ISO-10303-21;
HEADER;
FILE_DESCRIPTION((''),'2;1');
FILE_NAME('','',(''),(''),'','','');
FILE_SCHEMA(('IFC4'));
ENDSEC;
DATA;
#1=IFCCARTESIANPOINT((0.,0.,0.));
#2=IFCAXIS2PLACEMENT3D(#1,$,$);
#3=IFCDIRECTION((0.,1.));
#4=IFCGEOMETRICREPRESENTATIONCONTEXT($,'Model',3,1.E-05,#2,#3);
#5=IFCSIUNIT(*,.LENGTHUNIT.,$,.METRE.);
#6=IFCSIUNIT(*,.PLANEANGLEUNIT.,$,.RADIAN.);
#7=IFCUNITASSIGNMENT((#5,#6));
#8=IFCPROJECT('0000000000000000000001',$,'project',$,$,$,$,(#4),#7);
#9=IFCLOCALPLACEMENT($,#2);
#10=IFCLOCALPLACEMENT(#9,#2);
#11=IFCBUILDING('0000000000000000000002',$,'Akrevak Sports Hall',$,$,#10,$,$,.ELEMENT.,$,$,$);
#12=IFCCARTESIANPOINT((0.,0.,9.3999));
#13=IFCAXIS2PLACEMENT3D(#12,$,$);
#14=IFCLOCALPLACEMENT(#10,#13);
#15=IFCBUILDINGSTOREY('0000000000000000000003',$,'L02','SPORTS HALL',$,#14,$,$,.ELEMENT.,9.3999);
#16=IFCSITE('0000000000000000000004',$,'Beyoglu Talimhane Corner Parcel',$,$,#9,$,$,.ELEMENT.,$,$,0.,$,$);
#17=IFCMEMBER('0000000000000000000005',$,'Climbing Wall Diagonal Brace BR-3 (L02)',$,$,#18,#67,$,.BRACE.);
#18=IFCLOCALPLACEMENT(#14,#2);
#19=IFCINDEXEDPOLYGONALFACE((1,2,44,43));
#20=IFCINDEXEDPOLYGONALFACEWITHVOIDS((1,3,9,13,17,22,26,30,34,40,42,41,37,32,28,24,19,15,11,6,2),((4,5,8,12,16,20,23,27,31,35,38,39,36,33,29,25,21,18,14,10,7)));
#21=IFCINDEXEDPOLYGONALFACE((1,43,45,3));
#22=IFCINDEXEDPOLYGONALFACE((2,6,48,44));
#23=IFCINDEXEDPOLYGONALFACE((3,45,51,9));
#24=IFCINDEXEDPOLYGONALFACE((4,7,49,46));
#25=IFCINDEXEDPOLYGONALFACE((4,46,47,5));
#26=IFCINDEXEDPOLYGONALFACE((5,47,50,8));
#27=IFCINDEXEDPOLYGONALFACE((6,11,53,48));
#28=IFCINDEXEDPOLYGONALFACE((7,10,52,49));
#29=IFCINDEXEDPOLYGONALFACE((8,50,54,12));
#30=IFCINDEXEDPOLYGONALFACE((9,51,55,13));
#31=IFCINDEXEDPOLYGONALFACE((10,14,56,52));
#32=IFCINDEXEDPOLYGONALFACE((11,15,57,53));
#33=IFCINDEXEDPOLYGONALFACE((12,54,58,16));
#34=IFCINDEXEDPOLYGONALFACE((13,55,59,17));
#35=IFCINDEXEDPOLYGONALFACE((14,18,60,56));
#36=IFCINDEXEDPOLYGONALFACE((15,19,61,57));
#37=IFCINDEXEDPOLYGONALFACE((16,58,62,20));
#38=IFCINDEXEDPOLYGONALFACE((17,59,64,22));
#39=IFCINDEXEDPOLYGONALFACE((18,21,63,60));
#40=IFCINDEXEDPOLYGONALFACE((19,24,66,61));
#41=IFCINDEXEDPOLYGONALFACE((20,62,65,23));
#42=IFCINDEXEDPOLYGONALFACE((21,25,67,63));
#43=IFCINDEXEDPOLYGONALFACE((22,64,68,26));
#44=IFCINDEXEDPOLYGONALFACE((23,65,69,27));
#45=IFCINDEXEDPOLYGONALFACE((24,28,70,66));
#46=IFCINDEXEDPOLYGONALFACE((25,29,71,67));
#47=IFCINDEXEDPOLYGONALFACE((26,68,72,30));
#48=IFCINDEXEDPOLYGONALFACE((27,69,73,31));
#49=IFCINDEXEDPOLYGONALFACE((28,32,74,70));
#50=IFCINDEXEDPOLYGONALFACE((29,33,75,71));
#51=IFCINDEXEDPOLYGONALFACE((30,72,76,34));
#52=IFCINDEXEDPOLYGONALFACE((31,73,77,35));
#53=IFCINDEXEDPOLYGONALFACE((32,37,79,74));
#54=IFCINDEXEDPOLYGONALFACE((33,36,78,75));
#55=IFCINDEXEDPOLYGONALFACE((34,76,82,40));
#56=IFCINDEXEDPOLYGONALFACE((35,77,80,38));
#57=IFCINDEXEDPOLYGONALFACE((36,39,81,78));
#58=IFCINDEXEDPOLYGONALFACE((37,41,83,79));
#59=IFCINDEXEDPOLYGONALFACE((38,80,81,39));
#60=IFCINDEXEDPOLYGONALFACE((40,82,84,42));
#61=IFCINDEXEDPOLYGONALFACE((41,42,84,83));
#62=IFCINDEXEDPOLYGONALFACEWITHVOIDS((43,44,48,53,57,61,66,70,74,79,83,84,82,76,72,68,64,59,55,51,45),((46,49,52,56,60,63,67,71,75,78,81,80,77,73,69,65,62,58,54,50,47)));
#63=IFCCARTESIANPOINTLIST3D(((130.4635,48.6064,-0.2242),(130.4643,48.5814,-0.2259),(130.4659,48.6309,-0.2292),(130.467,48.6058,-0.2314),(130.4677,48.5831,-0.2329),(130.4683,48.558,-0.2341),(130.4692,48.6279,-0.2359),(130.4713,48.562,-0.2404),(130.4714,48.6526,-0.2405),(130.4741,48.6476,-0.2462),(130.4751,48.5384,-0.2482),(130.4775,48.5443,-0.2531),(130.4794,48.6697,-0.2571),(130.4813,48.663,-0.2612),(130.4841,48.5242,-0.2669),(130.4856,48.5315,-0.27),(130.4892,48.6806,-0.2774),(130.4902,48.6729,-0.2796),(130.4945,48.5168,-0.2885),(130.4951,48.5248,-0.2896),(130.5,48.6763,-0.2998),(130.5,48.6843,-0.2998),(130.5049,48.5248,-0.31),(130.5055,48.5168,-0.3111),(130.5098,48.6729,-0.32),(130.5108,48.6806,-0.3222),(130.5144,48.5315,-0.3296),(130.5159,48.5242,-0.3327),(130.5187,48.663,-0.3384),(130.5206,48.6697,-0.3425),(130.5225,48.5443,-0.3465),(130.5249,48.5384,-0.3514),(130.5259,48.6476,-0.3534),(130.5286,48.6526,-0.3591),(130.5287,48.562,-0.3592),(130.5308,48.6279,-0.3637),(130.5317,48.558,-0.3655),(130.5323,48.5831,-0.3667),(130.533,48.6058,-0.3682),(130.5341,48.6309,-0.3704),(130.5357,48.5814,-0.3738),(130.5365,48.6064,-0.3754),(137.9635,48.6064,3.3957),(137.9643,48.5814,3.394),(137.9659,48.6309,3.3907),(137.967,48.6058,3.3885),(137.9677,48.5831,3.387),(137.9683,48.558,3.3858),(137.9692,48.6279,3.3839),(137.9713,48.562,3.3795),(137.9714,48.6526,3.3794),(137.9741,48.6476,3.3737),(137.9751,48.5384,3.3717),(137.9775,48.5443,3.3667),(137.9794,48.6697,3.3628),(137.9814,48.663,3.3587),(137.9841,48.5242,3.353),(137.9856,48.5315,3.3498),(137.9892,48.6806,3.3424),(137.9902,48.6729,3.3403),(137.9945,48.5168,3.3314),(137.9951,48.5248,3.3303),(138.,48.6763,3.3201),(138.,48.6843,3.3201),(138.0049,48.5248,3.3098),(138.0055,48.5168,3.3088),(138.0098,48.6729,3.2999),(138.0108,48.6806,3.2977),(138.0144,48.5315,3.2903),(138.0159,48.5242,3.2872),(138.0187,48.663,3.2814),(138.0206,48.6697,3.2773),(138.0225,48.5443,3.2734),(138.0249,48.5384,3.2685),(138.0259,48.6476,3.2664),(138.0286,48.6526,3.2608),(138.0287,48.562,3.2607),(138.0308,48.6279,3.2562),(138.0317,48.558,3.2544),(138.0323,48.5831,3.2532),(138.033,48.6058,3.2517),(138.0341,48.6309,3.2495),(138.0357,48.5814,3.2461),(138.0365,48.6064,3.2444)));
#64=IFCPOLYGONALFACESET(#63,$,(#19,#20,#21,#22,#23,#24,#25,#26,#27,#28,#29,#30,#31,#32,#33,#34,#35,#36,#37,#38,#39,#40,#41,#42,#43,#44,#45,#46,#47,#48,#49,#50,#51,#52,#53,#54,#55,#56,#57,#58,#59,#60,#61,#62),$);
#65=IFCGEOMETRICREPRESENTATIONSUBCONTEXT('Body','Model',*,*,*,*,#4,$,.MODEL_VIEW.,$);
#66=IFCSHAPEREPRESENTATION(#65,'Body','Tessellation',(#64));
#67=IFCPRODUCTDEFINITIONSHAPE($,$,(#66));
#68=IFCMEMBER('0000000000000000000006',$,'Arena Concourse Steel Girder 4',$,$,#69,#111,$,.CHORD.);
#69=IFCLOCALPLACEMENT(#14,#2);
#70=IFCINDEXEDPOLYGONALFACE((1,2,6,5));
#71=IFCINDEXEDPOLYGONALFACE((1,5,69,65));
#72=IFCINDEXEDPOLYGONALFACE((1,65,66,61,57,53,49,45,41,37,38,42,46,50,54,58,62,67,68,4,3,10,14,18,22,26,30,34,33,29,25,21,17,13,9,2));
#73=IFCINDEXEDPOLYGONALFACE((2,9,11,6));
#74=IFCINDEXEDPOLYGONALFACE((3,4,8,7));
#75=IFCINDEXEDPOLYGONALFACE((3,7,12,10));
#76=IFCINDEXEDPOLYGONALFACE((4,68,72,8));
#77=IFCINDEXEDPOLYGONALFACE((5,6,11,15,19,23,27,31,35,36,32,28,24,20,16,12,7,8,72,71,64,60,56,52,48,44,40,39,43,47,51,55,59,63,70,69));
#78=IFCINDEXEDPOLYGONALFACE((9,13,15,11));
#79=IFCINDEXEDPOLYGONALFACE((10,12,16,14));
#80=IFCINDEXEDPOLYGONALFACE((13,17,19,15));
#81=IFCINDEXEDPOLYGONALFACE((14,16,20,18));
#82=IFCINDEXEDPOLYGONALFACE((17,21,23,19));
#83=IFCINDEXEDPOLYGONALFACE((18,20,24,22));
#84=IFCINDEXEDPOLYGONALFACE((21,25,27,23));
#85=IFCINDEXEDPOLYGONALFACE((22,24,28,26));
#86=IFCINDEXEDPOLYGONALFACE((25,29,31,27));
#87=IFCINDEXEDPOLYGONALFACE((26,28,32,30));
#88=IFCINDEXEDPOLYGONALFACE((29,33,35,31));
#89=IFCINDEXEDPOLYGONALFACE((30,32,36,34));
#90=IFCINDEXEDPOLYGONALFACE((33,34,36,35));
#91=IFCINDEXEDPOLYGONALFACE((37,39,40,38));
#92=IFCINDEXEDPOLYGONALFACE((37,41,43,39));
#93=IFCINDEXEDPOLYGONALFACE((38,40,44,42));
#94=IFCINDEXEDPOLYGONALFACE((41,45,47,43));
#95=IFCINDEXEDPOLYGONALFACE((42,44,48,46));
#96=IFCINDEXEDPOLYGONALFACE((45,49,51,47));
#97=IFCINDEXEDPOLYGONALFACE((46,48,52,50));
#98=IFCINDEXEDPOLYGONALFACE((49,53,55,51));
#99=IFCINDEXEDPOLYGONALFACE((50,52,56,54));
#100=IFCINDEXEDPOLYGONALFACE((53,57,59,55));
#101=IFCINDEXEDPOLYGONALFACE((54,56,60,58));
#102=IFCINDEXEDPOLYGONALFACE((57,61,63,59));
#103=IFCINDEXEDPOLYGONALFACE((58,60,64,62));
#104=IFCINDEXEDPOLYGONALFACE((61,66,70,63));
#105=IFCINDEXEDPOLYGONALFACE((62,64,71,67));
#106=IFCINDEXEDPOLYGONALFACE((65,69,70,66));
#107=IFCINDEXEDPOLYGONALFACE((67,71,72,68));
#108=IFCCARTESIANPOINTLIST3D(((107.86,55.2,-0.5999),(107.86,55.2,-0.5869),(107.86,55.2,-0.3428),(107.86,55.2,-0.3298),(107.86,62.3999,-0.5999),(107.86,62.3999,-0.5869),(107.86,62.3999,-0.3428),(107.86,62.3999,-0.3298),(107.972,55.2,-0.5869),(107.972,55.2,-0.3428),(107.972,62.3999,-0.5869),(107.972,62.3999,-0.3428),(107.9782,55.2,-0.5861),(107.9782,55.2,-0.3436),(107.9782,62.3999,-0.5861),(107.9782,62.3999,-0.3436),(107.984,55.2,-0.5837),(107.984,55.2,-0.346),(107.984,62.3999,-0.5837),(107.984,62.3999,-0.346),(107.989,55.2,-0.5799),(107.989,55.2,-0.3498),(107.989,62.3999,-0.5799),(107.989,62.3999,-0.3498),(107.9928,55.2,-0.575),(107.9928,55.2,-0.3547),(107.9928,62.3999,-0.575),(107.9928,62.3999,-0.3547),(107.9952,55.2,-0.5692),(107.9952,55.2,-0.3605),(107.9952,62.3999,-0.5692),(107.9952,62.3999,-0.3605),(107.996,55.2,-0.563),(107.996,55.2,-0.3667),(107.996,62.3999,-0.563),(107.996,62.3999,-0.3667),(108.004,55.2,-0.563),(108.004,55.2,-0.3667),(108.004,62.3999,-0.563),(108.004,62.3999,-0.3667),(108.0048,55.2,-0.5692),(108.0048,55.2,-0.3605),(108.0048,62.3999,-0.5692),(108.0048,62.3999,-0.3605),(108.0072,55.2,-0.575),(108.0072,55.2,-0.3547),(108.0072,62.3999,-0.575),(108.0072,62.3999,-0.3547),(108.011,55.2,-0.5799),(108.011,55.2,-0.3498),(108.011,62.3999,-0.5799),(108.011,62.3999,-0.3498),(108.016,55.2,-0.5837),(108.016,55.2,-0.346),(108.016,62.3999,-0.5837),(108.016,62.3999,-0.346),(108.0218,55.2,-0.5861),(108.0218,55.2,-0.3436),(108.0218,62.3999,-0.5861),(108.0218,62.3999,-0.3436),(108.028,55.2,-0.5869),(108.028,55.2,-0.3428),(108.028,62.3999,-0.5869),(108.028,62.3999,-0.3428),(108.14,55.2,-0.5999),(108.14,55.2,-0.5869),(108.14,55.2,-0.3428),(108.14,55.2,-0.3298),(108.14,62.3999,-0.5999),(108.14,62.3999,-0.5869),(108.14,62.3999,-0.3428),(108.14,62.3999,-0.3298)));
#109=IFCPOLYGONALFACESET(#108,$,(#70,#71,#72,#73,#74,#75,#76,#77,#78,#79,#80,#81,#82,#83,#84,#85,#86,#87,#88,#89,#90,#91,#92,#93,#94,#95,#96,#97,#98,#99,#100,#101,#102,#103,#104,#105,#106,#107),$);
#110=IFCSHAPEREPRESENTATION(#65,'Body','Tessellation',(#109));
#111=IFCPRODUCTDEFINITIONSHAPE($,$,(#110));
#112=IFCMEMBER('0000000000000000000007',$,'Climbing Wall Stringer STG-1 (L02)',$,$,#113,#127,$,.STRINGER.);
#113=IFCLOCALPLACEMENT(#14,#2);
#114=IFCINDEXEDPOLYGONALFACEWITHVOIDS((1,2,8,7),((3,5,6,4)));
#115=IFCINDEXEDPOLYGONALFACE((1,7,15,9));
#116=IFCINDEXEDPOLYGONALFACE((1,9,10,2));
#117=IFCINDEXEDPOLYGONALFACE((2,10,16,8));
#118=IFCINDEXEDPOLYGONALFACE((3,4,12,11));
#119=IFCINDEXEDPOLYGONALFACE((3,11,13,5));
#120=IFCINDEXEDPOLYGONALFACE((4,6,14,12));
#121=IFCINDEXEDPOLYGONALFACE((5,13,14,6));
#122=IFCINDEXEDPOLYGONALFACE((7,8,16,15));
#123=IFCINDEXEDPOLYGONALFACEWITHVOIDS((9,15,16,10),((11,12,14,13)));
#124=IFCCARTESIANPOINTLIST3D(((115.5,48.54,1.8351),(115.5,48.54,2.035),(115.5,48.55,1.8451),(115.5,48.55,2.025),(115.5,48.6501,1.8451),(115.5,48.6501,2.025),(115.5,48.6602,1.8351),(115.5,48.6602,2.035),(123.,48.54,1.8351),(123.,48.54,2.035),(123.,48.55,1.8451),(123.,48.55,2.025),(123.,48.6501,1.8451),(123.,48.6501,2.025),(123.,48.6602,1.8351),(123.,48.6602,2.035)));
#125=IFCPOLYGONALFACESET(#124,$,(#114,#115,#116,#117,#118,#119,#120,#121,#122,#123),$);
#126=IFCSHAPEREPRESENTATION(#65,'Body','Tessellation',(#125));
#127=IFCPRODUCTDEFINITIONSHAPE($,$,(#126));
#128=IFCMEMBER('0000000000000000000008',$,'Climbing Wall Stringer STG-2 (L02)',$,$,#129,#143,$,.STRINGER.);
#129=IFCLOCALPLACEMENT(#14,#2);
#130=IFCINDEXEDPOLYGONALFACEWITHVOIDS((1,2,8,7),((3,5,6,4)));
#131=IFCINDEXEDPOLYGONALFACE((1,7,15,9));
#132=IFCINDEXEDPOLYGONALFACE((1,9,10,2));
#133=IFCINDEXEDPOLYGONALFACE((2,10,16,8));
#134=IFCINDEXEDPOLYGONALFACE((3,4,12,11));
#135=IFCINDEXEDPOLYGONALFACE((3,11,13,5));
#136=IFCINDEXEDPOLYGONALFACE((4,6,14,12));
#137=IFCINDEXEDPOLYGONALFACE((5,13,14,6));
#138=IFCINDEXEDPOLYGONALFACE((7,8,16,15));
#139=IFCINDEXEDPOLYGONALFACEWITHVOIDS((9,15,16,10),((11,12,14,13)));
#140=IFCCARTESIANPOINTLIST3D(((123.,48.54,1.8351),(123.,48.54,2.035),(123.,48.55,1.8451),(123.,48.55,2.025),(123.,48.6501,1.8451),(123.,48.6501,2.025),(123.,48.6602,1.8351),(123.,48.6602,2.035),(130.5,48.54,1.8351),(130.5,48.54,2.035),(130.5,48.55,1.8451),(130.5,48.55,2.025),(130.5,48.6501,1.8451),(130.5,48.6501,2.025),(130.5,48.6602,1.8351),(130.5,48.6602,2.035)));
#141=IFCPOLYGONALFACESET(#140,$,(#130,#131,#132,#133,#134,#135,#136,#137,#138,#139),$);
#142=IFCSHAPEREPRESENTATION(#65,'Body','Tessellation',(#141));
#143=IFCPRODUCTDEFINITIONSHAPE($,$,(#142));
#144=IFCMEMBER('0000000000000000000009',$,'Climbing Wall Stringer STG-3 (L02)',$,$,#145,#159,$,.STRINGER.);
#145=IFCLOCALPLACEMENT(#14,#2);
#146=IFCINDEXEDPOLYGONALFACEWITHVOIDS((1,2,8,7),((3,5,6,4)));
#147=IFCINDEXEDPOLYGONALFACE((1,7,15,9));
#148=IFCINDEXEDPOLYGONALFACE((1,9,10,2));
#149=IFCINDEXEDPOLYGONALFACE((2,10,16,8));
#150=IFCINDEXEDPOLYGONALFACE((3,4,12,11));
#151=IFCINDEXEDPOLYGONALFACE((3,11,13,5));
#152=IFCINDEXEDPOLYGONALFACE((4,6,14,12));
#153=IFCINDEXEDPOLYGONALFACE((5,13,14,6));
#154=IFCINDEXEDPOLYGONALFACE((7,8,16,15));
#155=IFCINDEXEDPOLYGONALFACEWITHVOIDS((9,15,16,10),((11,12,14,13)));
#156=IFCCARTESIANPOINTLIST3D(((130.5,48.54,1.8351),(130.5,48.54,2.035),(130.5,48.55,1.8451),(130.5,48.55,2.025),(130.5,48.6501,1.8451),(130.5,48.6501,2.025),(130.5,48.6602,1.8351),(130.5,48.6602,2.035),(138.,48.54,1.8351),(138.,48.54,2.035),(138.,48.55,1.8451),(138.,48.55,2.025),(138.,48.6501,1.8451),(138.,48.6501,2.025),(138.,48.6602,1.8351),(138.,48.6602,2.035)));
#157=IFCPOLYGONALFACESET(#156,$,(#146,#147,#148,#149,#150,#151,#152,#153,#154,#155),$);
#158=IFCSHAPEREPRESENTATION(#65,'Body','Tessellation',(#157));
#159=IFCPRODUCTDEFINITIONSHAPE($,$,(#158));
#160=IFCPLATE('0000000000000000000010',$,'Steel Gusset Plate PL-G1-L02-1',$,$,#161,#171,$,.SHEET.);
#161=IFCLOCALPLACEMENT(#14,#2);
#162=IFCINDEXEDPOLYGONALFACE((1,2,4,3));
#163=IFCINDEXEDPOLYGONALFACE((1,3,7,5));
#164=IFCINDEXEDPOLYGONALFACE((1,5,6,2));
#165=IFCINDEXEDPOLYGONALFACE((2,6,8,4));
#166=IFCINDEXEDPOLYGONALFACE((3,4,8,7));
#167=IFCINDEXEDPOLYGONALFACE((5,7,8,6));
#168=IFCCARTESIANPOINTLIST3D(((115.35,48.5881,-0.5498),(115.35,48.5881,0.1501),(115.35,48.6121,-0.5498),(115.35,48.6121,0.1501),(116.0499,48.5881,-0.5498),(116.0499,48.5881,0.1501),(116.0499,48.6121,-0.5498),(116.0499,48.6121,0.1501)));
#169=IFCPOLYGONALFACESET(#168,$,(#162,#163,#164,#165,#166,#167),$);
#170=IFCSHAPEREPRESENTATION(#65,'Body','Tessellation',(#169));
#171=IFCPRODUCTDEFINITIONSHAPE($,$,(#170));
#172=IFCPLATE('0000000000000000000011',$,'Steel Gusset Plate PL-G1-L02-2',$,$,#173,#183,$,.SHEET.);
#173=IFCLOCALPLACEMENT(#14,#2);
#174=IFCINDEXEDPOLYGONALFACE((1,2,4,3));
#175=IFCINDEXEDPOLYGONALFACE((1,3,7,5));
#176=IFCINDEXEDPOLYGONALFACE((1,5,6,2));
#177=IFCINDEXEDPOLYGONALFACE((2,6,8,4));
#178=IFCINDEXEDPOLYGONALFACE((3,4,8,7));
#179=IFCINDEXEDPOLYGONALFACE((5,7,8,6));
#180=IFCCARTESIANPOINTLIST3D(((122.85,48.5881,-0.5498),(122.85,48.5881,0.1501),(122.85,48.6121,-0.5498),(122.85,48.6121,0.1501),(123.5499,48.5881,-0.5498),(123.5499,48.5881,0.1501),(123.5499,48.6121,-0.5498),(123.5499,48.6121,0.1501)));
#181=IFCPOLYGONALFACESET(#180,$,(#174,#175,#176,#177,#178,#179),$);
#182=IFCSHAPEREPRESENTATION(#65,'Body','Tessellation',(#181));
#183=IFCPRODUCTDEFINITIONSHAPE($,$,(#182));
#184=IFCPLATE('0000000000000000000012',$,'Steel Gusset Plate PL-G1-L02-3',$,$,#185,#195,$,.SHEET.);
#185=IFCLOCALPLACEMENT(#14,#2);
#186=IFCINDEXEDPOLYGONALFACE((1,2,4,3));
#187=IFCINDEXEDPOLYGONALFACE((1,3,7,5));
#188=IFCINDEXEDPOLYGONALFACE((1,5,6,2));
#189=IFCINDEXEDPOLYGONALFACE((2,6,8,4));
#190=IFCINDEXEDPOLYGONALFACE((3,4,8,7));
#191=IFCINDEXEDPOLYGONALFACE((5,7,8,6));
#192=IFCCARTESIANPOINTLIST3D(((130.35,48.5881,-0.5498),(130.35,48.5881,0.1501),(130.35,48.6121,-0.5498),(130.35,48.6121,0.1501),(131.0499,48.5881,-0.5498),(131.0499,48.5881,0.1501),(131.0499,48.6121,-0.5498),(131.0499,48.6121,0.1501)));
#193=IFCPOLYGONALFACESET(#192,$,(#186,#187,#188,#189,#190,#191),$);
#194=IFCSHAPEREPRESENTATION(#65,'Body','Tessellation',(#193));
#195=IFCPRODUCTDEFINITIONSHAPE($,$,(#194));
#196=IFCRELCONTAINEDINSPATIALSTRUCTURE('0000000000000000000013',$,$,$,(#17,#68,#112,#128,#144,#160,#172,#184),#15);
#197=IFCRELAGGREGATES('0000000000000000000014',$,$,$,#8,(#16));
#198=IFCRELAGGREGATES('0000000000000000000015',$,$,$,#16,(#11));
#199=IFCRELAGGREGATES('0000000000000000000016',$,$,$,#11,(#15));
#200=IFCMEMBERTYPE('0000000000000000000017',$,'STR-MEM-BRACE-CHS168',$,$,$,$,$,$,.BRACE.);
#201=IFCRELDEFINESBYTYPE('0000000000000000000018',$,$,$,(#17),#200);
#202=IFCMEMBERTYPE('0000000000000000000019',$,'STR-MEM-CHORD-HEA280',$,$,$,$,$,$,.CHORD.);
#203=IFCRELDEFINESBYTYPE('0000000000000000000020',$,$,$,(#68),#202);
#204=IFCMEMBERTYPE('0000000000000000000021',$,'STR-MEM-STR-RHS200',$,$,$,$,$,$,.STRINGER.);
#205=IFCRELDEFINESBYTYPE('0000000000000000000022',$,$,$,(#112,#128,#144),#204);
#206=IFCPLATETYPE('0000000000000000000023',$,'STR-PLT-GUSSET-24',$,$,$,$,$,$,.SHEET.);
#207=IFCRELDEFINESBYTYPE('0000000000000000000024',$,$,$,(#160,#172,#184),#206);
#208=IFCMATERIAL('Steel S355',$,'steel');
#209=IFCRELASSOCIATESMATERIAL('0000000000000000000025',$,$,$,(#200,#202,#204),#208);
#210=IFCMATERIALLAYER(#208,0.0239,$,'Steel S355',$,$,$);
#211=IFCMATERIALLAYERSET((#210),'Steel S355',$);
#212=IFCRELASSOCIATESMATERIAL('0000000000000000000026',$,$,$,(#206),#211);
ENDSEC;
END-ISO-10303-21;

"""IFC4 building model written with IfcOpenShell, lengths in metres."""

from ifc_helpers import new_model, si_unit, direction, frame, origin, origin_2d, place, context, subcontext, project, spatial, rectangle, hollow_rectangle, hollow_circle, i_section, extrude, material, layer, layer_set, material_profile, profile_set, type_object, element, save


model = new_model("IFC4")

# Units and contexts
model_context = context("Model", 3, precision=1e-05, world=origin(), true_north=direction((0.0, 1.0)))
body_context = subcontext(model_context, "Body", "Model", "MODEL_VIEW")
ifc_project = project(units=[si_unit("LENGTHUNIT", "METRE"), si_unit("PLANEANGLEUNIT", "RADIAN")], contexts=[model_context])

# Site, building, storey
site_placement = place(None, origin())
site = spatial("IfcSite", under=ifc_project, at=site_placement, Name="Beyoglu Talimhane Corner Parcel", CompositionType="ELEMENT", RefElevation=0.0)
building_placement = place(site_placement, origin())
building = spatial("IfcBuilding", under=site, at=building_placement, Name="Akrevak Sports Hall", CompositionType="ELEMENT")
storey_placement = place(building_placement, frame((0.0, 0.0, 9.3999)))
storey = spatial("IfcBuildingStorey", under=building, at=storey_placement, Name="L02", Description="SPORTS HALL", CompositionType="ELEMENT", Elevation=9.3999)

# Shared definitions
ifc_material_1 = material(Name="Steel S355", Category="steel")

# Members
ifc_material_profile_1 = material_profile(ifc_material_1, hollow_circle(Radius=0.0842, WallThickness=0.0081, at=origin_2d()), Name="CHS 168.3x8", Category="steel")
ifc_profile_set_1 = profile_set([ifc_material_profile_1], Name="Steel S355")
member_type_1 = type_object("IfcMemberType", Name="STR-MEM-BRACE-CHS168", PredefinedType="BRACE", material=ifc_profile_set_1)
for number, where, z_axis, x_axis, name in (
    (1, (130.5, 48.6001, -0.2998), (0.90059, 0.0, 0.43467), (0.0, 1.0, 0.0), "Climbing Wall Diagonal Brace BR-3 (L02)"),
):
    element("IfcMember", number, at=place(storey_placement, frame(where, z_axis=z_axis, x_axis=x_axis)), inside=storey, type_object=member_type_1, Name=name, PredefinedType="BRACE", context=body_context, shape_type="SweptSolid", body=[
        extrude(hollow_circle(Radius=0.0842, WallThickness=0.0081, at=origin_2d()), origin(), (0.0, 0.0, 1.0), 8.3279),
    ])
ifc_material_profile_2 = material_profile(ifc_material_1, i_section(OverallWidth=0.28, OverallDepth=0.27, WebThickness=0.0081, FlangeThickness=0.0129, FilletRadius=0.0239, at=origin_2d()), Name="HEA 280", Category="steel")
ifc_profile_set_2 = profile_set([ifc_material_profile_2], Name="Steel S355")
member_type_2 = type_object("IfcMemberType", Name="STR-MEM-CHORD-HEA280", PredefinedType="CHORD", material=ifc_profile_set_2)
member_placement = place(storey_placement, frame((108.0, 55.2, -0.4648), z_axis=(0.0, 1.0, 0.0), x_axis=(-1.0, 0.0, 0.0)))
element("IfcMember", 2, at=member_placement, inside=storey, type_object=member_type_2, Name="Arena Concourse Steel Girder 4", PredefinedType="CHORD", context=body_context, shape_type="SweptSolid", body=[
    extrude(i_section(OverallWidth=0.28, OverallDepth=0.27, WebThickness=0.0081, FlangeThickness=0.0129, FilletRadius=0.0239, at=origin_2d()), origin(), (0.0, 0.0, 1.0), 7.2),
])
ifc_material_profile_3 = material_profile(ifc_material_1, hollow_rectangle(XDim=0.1201, YDim=0.2, WallThickness=0.01, at=origin_2d()), Name="RHS 200x120x10", Category="steel")
ifc_profile_set_3 = profile_set([ifc_material_profile_3], Name="Steel S355")
member_type_3 = type_object("IfcMemberType", Name="STR-MEM-STR-RHS200", PredefinedType="STRINGER", material=ifc_profile_set_3)
for number, where, z_axis, x_axis, name in (
    (3, (115.5, 48.6001, 1.9351), (1.0, 0.0, 0.0), (0.0, 1.0, 0.0), "Climbing Wall Stringer STG-1 (L02)"),
    (4, (123.0, 48.6001, 1.9351), (1.0, 0.0, 0.0), (0.0, 1.0, 0.0), "Climbing Wall Stringer STG-2 (L02)"),
    (5, (130.5, 48.6001, 1.9351), (1.0, 0.0, 0.0), (0.0, 1.0, 0.0), "Climbing Wall Stringer STG-3 (L02)"),
):
    element("IfcMember", number, at=place(storey_placement, frame(where, z_axis=z_axis, x_axis=x_axis)), inside=storey, type_object=member_type_3, Name=name, PredefinedType="STRINGER", context=body_context, shape_type="SweptSolid", body=[
        extrude(hollow_rectangle(XDim=0.1201, YDim=0.2, WallThickness=0.01, at=origin_2d()), origin(), (0.0, 0.0, 1.0), 7.5),
    ])

# Plates
ifc_layer_1 = layer(ifc_material_1, 0.0239, Name="Steel S355")
ifc_layer_set_1 = layer_set([ifc_layer_1], Name="Steel S355")
plate_type = type_object("IfcPlateType", Name="STR-PLT-GUSSET-24", PredefinedType="SHEET", material=ifc_layer_set_1)
for number, where, z_axis, x_axis, name in (
    (6, (115.7, 48.6001, -0.5498), (0.0, 0.0, 1.0), (1.0, 0.0, 0.0), "Steel Gusset Plate PL-G1-L02-1"),
    (7, (123.2, 48.6001, -0.5498), (0.0, 0.0, 1.0), (1.0, 0.0, 0.0), "Steel Gusset Plate PL-G1-L02-2"),
    (8, (130.7, 48.6001, -0.5498), (0.0, 0.0, 1.0), (1.0, 0.0, 0.0), "Steel Gusset Plate PL-G1-L02-3"),
):
    element("IfcPlate", number, at=place(storey_placement, frame(where, z_axis=z_axis, x_axis=x_axis)), inside=storey, type_object=plate_type, Name=name, PredefinedType="SHEET", context=body_context, shape_type="SweptSolid", body=[
        extrude(rectangle(XDim=0.7, YDim=0.0239, at=origin_2d()), origin(), (0.0, 0.0, 1.0), 0.7),
    ])

save(model, "model.ifc")
